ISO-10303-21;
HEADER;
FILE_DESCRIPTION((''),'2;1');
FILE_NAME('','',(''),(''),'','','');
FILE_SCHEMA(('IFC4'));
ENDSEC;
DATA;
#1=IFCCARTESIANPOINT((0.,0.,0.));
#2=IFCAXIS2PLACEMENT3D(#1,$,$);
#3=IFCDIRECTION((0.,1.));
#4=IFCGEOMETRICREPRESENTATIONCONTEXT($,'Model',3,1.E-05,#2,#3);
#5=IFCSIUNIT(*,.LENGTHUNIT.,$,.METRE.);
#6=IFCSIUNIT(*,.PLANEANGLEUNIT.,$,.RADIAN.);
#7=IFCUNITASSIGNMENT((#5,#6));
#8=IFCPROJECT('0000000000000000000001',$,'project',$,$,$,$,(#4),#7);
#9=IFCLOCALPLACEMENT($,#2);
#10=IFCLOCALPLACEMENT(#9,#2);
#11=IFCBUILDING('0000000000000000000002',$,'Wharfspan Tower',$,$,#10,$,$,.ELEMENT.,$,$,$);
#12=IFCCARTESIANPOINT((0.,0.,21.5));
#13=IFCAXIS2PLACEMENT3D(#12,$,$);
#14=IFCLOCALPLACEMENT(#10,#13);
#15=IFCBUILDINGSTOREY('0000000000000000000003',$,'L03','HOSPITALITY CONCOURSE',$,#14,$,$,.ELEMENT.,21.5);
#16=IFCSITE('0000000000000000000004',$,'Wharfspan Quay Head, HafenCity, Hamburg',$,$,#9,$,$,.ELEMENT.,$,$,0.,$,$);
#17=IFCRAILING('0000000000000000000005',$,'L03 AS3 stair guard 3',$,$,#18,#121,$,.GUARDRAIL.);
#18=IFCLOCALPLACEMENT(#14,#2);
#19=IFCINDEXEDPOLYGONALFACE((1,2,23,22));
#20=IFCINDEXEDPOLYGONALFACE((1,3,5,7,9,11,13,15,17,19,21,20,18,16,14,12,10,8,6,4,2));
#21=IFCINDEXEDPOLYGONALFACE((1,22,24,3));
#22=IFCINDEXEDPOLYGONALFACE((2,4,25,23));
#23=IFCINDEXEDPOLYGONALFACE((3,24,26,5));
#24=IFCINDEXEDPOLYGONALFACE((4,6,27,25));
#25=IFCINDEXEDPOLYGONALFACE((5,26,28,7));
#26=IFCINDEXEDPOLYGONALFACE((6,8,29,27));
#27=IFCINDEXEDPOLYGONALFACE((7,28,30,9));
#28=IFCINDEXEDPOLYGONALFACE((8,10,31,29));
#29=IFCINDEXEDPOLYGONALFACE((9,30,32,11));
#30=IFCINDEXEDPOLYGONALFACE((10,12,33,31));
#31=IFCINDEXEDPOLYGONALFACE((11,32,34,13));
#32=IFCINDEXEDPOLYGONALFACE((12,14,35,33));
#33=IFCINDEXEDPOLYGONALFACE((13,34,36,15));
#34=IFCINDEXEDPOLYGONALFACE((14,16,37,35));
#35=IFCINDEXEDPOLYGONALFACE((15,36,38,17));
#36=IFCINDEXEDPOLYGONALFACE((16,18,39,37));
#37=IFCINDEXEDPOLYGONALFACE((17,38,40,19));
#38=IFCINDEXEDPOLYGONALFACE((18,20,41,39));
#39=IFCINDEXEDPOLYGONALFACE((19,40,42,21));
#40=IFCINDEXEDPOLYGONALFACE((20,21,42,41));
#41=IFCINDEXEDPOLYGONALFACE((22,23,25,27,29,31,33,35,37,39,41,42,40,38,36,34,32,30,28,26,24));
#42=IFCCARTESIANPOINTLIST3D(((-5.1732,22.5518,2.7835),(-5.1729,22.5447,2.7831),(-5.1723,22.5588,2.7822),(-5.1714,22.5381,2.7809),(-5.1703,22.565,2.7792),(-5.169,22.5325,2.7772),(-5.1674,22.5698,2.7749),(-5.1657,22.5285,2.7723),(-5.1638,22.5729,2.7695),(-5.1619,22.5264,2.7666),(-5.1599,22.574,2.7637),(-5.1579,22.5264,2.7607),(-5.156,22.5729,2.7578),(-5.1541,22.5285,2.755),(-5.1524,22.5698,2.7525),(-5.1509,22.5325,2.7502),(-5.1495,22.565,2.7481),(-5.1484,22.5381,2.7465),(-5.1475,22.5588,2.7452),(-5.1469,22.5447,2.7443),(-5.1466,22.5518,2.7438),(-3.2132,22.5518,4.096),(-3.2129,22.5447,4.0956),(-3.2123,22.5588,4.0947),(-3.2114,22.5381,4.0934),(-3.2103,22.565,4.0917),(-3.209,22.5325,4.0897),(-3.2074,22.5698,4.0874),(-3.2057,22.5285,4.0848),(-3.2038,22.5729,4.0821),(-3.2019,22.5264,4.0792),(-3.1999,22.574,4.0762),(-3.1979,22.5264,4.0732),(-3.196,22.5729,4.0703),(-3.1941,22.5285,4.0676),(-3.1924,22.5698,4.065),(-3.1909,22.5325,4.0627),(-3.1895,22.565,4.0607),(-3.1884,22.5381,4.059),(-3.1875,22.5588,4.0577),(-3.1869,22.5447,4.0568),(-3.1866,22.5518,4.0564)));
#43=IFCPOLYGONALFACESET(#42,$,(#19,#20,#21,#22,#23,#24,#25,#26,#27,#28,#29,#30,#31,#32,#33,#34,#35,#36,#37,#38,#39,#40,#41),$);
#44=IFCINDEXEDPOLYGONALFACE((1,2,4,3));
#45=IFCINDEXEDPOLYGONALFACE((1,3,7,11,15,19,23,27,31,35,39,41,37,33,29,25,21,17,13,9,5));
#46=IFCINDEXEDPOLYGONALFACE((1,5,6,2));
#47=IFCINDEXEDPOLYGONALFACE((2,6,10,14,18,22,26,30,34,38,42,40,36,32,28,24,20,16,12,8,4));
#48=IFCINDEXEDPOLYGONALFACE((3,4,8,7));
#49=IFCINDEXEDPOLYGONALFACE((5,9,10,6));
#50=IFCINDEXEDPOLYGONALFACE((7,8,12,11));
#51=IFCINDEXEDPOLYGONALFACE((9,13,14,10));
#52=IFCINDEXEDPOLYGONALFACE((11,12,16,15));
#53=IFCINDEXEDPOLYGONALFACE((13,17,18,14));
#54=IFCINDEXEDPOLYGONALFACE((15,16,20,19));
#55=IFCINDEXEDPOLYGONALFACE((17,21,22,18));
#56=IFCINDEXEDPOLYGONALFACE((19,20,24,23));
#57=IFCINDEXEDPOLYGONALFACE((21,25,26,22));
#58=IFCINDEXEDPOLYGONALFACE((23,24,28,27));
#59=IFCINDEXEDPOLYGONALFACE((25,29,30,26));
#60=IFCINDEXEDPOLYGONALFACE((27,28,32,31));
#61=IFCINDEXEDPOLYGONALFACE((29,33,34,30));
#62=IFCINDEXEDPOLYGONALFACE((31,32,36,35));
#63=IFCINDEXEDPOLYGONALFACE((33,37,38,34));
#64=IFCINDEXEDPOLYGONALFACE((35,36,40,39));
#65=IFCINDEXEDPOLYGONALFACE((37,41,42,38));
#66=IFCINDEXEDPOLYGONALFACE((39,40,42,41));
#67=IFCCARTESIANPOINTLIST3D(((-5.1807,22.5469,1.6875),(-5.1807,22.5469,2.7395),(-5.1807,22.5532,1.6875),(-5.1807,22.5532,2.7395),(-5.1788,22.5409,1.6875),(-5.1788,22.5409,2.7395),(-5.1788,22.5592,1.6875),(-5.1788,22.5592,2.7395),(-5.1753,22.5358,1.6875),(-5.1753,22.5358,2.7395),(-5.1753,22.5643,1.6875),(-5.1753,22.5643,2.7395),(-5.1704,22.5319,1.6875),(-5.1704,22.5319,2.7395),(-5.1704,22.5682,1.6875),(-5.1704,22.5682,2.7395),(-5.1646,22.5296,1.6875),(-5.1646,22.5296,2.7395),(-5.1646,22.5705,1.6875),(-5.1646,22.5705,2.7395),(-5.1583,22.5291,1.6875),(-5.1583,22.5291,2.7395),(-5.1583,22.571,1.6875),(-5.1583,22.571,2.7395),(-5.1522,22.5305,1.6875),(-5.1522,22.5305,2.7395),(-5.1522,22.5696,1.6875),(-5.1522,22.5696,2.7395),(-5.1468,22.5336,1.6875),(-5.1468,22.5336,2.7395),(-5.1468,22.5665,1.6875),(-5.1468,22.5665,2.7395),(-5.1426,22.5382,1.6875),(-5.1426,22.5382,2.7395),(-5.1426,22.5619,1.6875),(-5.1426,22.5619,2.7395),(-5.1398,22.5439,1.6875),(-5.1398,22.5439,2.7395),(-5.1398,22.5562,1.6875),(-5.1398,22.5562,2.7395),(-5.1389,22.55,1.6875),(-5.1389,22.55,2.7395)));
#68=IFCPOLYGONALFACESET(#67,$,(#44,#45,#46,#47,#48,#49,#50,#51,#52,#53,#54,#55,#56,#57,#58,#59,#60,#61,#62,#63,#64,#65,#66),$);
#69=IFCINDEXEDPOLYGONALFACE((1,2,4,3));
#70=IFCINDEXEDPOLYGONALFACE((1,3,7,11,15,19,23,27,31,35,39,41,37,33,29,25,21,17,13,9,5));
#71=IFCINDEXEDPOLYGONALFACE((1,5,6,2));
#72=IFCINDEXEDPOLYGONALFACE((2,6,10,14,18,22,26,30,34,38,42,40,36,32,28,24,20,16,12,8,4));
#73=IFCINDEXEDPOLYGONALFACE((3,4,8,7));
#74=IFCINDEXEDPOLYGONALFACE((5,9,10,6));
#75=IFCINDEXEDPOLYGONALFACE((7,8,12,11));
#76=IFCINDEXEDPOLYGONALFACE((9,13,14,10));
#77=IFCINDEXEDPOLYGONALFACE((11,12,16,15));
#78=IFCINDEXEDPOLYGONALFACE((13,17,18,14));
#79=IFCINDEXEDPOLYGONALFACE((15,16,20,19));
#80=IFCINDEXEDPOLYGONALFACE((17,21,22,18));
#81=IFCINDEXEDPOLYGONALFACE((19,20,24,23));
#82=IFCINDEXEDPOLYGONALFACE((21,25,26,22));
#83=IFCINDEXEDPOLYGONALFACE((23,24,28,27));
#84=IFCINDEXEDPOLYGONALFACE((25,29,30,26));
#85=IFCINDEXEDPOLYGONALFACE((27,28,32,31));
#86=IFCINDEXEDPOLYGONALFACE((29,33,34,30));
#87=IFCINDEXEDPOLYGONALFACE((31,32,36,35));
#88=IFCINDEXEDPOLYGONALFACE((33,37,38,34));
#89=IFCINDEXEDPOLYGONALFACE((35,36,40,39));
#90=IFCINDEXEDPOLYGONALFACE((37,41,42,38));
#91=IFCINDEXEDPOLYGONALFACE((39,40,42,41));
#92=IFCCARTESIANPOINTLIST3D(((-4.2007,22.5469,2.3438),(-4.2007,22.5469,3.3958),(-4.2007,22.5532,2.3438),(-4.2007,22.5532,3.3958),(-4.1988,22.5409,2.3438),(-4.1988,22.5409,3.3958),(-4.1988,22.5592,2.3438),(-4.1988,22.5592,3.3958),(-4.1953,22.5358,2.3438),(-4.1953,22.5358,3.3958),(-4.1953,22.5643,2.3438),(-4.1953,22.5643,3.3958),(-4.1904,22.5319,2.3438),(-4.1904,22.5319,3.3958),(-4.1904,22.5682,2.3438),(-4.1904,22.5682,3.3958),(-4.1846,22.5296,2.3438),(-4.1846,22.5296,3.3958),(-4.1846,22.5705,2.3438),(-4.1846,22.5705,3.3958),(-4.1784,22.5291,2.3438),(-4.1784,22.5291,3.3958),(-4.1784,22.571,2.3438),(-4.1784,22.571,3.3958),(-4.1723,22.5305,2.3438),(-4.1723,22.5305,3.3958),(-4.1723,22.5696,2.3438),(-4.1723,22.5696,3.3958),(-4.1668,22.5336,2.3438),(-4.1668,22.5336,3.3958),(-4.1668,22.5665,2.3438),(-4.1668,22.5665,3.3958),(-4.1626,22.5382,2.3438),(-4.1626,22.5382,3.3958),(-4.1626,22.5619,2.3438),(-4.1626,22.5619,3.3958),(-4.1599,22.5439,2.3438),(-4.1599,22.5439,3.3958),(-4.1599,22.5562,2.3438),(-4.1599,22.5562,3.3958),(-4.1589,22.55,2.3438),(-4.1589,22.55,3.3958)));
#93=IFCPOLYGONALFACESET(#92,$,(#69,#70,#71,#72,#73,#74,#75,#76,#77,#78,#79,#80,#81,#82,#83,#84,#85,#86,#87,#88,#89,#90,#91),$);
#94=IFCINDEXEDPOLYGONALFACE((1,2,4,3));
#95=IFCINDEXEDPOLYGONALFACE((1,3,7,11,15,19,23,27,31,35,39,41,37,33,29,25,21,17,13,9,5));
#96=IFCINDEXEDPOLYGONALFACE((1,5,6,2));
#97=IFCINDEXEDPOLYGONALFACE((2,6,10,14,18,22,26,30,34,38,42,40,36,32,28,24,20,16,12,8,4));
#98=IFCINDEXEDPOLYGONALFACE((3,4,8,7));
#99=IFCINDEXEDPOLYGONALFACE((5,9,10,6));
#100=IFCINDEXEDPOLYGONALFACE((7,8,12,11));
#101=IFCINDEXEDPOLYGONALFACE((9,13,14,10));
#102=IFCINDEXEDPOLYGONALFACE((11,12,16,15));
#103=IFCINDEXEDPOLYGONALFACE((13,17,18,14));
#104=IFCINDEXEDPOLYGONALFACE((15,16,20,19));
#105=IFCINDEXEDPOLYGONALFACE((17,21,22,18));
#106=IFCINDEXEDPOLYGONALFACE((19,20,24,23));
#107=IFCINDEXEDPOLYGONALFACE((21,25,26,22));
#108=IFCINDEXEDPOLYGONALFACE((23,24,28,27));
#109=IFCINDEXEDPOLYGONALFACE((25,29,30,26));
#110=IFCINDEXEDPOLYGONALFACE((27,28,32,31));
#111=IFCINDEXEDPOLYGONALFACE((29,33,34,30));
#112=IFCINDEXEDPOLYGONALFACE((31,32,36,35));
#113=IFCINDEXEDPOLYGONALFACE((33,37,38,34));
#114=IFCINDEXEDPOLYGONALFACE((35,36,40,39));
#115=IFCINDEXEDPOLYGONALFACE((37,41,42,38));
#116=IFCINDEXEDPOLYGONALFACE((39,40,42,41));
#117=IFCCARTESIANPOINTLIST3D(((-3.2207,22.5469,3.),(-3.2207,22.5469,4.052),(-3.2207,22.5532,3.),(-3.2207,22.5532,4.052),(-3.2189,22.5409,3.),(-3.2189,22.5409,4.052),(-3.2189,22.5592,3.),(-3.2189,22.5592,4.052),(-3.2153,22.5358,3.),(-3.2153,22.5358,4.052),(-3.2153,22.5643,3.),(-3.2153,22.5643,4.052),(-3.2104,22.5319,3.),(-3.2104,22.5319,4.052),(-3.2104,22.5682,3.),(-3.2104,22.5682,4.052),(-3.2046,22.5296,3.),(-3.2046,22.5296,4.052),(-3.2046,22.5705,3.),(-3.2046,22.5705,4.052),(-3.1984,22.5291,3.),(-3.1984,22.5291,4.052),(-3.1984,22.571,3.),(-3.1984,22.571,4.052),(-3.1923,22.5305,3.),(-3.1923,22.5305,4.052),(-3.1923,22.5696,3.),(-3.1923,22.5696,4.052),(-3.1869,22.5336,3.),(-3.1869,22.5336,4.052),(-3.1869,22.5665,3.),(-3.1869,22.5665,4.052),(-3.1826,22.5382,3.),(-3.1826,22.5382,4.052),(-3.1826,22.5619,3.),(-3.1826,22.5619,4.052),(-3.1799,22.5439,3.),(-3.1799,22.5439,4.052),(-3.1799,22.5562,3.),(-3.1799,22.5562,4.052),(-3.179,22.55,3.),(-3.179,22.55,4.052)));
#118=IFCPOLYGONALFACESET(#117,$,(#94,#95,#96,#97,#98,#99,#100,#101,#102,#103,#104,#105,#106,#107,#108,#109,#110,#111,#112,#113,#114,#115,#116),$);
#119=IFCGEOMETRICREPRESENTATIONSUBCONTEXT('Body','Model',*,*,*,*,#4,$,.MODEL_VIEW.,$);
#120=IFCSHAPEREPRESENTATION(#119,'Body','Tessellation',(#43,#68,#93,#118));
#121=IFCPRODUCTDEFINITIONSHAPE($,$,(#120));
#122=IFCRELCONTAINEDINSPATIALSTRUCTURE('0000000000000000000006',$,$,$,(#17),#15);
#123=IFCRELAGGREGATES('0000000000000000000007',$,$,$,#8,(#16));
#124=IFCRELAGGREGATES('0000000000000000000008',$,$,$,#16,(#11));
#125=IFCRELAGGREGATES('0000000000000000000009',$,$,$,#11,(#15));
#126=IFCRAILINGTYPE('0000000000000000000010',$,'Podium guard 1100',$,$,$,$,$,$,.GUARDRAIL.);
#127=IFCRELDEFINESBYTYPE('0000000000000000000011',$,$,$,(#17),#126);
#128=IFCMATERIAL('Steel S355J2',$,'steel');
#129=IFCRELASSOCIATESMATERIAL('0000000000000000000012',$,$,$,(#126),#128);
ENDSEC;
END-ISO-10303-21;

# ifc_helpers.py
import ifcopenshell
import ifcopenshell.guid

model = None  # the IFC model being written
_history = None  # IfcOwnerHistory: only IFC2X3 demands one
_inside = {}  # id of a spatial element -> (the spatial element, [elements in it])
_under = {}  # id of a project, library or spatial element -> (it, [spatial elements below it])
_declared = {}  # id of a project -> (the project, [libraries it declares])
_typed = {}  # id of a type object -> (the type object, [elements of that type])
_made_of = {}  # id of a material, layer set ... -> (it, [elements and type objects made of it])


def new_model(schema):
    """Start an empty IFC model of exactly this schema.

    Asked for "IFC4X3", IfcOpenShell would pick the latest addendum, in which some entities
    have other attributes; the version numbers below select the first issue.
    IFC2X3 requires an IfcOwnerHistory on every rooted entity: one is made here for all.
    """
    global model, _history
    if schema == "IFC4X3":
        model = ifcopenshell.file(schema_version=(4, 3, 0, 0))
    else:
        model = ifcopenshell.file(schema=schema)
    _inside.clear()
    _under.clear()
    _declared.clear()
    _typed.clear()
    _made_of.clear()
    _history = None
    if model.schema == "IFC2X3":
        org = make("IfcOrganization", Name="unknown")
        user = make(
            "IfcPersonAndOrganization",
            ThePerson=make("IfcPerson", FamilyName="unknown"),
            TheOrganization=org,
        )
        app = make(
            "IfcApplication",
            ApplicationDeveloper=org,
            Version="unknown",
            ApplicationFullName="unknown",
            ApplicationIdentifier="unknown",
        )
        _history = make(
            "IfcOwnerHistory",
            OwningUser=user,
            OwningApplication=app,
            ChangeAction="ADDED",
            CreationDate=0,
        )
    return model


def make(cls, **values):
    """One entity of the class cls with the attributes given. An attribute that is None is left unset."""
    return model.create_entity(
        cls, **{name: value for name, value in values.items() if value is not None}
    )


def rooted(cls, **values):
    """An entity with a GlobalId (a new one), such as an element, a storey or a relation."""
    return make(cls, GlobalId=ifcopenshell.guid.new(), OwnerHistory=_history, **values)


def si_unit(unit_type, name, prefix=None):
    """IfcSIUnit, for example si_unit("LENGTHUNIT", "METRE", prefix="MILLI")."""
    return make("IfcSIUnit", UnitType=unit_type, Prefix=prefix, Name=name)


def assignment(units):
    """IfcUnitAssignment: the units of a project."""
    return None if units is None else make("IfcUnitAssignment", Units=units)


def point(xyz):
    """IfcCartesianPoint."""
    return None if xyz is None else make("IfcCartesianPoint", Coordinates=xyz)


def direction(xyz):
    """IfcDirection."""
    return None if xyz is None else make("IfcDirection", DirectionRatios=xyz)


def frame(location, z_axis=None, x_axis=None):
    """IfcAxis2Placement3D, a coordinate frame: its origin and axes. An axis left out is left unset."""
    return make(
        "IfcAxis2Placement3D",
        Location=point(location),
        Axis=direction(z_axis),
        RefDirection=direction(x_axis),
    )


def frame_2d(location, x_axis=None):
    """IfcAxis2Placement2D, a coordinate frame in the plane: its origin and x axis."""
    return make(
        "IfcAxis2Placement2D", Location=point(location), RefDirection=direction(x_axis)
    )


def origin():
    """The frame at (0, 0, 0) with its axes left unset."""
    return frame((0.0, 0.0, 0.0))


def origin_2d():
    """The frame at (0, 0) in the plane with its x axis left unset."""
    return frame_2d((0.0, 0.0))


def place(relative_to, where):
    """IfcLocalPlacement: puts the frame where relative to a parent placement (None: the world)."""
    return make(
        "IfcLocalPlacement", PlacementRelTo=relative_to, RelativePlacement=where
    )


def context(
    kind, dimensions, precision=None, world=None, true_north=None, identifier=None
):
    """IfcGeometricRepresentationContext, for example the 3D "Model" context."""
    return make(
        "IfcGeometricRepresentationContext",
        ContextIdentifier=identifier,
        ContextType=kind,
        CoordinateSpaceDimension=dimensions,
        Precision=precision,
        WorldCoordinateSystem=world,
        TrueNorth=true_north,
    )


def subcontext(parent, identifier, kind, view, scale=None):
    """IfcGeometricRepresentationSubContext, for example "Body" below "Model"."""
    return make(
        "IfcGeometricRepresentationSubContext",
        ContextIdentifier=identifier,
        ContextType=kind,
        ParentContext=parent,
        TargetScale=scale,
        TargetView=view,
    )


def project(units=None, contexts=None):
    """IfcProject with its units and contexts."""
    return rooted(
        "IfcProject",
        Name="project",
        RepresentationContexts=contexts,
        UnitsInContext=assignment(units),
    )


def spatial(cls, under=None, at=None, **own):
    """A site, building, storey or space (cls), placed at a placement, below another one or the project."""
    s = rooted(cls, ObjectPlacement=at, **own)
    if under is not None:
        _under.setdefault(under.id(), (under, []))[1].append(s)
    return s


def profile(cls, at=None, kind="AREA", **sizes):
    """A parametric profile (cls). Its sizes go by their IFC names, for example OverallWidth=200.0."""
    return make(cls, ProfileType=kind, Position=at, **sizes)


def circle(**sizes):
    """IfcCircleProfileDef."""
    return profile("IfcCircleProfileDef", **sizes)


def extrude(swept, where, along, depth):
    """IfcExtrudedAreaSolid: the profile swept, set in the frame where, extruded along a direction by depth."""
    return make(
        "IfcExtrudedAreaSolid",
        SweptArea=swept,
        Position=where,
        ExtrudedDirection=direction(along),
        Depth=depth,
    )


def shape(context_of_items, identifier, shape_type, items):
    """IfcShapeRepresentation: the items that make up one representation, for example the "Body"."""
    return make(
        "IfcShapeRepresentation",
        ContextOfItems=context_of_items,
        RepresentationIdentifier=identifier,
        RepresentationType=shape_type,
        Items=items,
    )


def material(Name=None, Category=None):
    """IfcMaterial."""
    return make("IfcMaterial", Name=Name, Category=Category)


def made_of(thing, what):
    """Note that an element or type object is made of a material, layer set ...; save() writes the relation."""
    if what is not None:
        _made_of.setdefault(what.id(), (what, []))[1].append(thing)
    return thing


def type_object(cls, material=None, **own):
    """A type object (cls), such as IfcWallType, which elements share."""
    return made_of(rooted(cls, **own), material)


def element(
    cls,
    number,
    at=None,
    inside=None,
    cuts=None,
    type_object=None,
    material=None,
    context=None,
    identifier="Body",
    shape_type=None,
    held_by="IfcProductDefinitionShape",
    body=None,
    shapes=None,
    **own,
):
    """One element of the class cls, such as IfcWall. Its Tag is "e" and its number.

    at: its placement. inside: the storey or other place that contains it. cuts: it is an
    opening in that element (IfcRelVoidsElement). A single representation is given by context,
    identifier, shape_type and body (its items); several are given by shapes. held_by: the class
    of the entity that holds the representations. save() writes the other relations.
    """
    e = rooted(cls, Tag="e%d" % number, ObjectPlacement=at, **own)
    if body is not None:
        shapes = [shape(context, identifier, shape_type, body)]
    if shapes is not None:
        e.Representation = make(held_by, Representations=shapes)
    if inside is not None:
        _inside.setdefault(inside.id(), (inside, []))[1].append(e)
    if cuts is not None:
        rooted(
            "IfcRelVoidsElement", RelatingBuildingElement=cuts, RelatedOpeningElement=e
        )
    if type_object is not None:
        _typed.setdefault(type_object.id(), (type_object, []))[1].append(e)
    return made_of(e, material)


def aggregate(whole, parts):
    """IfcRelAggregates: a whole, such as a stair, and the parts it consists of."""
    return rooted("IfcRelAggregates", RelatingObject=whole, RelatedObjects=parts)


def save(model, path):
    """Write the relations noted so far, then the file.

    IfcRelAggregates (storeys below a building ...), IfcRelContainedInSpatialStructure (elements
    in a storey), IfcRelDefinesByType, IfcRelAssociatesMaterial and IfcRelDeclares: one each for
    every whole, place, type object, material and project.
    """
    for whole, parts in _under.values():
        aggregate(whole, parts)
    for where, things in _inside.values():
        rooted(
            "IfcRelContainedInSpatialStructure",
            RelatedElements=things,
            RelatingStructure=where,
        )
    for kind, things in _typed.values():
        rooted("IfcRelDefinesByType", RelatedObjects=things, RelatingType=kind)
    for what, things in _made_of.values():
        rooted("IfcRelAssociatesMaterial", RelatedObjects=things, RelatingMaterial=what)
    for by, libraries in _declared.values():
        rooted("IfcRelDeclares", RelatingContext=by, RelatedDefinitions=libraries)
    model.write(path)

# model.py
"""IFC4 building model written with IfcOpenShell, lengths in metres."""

from ifc_helpers import new_model, si_unit, direction, frame, origin, origin_2d, place, context, subcontext, project, spatial, circle, extrude, material, type_object, element, save


model = new_model("IFC4")

# Units and contexts
model_context = context("Model", 3, precision=1e-05, world=origin(), true_north=direction((0.0, 1.0)))
body_context = subcontext(model_context, "Body", "Model", "MODEL_VIEW")
ifc_project = project(units=[si_unit("LENGTHUNIT", "METRE"), si_unit("PLANEANGLEUNIT", "RADIAN")], contexts=[model_context])

# Site, building, storey
site_placement = place(None, origin())
site = spatial("IfcSite", under=ifc_project, at=site_placement, Name="Wharfspan Quay Head, HafenCity, Hamburg", CompositionType="ELEMENT", RefElevation=0.0)
building_placement = place(site_placement, origin())
building = spatial("IfcBuilding", under=site, at=building_placement, Name="Wharfspan Tower", CompositionType="ELEMENT")
storey_placement = place(building_placement, frame((0.0, 0.0, 21.5)))
storey = spatial("IfcBuildingStorey", under=building, at=storey_placement, Name="L03", Description="HOSPITALITY CONCOURSE", CompositionType="ELEMENT", Elevation=21.5)

# Railing
ifc_material_1 = material(Name="Steel S355J2", Category="steel")
railing_type_1 = type_object("IfcRailingType", Name="Podium guard 1100", PredefinedType="GUARDRAIL", material=ifc_material_1)
railing_1_placement = place(storey_placement, frame((-5.1599, 22.55, 1.6875)))
element("IfcRailing", 1, at=railing_1_placement, inside=storey, type_object=railing_type_1, Name="L03 AS3 stair guard 3", PredefinedType="GUARDRAIL", context=body_context, shape_type="SweptSolid", body=[
    extrude(circle(Radius=0.0239, at=origin_2d()), frame((0.0, 0.0, 1.0762), z_axis=(0.830902, 0.0, 0.556419), x_axis=(0.0, 1.0, 0.0)), (0.0, 0.0, 1.0), 2.3589),
    extrude(circle(Radius=0.021, at=origin_2d()), origin(), (0.0, 0.0, 1.0), 1.052),
    extrude(circle(Radius=0.021, at=origin_2d()), frame((0.98, 0.0, 0.6562)), (0.0, 0.0, 1.0), 1.052),
    extrude(circle(Radius=0.021, at=origin_2d()), frame((1.96, 0.0, 1.3125)), (0.0, 0.0, 1.0), 1.052),
])

save(model, "model.ifc")
